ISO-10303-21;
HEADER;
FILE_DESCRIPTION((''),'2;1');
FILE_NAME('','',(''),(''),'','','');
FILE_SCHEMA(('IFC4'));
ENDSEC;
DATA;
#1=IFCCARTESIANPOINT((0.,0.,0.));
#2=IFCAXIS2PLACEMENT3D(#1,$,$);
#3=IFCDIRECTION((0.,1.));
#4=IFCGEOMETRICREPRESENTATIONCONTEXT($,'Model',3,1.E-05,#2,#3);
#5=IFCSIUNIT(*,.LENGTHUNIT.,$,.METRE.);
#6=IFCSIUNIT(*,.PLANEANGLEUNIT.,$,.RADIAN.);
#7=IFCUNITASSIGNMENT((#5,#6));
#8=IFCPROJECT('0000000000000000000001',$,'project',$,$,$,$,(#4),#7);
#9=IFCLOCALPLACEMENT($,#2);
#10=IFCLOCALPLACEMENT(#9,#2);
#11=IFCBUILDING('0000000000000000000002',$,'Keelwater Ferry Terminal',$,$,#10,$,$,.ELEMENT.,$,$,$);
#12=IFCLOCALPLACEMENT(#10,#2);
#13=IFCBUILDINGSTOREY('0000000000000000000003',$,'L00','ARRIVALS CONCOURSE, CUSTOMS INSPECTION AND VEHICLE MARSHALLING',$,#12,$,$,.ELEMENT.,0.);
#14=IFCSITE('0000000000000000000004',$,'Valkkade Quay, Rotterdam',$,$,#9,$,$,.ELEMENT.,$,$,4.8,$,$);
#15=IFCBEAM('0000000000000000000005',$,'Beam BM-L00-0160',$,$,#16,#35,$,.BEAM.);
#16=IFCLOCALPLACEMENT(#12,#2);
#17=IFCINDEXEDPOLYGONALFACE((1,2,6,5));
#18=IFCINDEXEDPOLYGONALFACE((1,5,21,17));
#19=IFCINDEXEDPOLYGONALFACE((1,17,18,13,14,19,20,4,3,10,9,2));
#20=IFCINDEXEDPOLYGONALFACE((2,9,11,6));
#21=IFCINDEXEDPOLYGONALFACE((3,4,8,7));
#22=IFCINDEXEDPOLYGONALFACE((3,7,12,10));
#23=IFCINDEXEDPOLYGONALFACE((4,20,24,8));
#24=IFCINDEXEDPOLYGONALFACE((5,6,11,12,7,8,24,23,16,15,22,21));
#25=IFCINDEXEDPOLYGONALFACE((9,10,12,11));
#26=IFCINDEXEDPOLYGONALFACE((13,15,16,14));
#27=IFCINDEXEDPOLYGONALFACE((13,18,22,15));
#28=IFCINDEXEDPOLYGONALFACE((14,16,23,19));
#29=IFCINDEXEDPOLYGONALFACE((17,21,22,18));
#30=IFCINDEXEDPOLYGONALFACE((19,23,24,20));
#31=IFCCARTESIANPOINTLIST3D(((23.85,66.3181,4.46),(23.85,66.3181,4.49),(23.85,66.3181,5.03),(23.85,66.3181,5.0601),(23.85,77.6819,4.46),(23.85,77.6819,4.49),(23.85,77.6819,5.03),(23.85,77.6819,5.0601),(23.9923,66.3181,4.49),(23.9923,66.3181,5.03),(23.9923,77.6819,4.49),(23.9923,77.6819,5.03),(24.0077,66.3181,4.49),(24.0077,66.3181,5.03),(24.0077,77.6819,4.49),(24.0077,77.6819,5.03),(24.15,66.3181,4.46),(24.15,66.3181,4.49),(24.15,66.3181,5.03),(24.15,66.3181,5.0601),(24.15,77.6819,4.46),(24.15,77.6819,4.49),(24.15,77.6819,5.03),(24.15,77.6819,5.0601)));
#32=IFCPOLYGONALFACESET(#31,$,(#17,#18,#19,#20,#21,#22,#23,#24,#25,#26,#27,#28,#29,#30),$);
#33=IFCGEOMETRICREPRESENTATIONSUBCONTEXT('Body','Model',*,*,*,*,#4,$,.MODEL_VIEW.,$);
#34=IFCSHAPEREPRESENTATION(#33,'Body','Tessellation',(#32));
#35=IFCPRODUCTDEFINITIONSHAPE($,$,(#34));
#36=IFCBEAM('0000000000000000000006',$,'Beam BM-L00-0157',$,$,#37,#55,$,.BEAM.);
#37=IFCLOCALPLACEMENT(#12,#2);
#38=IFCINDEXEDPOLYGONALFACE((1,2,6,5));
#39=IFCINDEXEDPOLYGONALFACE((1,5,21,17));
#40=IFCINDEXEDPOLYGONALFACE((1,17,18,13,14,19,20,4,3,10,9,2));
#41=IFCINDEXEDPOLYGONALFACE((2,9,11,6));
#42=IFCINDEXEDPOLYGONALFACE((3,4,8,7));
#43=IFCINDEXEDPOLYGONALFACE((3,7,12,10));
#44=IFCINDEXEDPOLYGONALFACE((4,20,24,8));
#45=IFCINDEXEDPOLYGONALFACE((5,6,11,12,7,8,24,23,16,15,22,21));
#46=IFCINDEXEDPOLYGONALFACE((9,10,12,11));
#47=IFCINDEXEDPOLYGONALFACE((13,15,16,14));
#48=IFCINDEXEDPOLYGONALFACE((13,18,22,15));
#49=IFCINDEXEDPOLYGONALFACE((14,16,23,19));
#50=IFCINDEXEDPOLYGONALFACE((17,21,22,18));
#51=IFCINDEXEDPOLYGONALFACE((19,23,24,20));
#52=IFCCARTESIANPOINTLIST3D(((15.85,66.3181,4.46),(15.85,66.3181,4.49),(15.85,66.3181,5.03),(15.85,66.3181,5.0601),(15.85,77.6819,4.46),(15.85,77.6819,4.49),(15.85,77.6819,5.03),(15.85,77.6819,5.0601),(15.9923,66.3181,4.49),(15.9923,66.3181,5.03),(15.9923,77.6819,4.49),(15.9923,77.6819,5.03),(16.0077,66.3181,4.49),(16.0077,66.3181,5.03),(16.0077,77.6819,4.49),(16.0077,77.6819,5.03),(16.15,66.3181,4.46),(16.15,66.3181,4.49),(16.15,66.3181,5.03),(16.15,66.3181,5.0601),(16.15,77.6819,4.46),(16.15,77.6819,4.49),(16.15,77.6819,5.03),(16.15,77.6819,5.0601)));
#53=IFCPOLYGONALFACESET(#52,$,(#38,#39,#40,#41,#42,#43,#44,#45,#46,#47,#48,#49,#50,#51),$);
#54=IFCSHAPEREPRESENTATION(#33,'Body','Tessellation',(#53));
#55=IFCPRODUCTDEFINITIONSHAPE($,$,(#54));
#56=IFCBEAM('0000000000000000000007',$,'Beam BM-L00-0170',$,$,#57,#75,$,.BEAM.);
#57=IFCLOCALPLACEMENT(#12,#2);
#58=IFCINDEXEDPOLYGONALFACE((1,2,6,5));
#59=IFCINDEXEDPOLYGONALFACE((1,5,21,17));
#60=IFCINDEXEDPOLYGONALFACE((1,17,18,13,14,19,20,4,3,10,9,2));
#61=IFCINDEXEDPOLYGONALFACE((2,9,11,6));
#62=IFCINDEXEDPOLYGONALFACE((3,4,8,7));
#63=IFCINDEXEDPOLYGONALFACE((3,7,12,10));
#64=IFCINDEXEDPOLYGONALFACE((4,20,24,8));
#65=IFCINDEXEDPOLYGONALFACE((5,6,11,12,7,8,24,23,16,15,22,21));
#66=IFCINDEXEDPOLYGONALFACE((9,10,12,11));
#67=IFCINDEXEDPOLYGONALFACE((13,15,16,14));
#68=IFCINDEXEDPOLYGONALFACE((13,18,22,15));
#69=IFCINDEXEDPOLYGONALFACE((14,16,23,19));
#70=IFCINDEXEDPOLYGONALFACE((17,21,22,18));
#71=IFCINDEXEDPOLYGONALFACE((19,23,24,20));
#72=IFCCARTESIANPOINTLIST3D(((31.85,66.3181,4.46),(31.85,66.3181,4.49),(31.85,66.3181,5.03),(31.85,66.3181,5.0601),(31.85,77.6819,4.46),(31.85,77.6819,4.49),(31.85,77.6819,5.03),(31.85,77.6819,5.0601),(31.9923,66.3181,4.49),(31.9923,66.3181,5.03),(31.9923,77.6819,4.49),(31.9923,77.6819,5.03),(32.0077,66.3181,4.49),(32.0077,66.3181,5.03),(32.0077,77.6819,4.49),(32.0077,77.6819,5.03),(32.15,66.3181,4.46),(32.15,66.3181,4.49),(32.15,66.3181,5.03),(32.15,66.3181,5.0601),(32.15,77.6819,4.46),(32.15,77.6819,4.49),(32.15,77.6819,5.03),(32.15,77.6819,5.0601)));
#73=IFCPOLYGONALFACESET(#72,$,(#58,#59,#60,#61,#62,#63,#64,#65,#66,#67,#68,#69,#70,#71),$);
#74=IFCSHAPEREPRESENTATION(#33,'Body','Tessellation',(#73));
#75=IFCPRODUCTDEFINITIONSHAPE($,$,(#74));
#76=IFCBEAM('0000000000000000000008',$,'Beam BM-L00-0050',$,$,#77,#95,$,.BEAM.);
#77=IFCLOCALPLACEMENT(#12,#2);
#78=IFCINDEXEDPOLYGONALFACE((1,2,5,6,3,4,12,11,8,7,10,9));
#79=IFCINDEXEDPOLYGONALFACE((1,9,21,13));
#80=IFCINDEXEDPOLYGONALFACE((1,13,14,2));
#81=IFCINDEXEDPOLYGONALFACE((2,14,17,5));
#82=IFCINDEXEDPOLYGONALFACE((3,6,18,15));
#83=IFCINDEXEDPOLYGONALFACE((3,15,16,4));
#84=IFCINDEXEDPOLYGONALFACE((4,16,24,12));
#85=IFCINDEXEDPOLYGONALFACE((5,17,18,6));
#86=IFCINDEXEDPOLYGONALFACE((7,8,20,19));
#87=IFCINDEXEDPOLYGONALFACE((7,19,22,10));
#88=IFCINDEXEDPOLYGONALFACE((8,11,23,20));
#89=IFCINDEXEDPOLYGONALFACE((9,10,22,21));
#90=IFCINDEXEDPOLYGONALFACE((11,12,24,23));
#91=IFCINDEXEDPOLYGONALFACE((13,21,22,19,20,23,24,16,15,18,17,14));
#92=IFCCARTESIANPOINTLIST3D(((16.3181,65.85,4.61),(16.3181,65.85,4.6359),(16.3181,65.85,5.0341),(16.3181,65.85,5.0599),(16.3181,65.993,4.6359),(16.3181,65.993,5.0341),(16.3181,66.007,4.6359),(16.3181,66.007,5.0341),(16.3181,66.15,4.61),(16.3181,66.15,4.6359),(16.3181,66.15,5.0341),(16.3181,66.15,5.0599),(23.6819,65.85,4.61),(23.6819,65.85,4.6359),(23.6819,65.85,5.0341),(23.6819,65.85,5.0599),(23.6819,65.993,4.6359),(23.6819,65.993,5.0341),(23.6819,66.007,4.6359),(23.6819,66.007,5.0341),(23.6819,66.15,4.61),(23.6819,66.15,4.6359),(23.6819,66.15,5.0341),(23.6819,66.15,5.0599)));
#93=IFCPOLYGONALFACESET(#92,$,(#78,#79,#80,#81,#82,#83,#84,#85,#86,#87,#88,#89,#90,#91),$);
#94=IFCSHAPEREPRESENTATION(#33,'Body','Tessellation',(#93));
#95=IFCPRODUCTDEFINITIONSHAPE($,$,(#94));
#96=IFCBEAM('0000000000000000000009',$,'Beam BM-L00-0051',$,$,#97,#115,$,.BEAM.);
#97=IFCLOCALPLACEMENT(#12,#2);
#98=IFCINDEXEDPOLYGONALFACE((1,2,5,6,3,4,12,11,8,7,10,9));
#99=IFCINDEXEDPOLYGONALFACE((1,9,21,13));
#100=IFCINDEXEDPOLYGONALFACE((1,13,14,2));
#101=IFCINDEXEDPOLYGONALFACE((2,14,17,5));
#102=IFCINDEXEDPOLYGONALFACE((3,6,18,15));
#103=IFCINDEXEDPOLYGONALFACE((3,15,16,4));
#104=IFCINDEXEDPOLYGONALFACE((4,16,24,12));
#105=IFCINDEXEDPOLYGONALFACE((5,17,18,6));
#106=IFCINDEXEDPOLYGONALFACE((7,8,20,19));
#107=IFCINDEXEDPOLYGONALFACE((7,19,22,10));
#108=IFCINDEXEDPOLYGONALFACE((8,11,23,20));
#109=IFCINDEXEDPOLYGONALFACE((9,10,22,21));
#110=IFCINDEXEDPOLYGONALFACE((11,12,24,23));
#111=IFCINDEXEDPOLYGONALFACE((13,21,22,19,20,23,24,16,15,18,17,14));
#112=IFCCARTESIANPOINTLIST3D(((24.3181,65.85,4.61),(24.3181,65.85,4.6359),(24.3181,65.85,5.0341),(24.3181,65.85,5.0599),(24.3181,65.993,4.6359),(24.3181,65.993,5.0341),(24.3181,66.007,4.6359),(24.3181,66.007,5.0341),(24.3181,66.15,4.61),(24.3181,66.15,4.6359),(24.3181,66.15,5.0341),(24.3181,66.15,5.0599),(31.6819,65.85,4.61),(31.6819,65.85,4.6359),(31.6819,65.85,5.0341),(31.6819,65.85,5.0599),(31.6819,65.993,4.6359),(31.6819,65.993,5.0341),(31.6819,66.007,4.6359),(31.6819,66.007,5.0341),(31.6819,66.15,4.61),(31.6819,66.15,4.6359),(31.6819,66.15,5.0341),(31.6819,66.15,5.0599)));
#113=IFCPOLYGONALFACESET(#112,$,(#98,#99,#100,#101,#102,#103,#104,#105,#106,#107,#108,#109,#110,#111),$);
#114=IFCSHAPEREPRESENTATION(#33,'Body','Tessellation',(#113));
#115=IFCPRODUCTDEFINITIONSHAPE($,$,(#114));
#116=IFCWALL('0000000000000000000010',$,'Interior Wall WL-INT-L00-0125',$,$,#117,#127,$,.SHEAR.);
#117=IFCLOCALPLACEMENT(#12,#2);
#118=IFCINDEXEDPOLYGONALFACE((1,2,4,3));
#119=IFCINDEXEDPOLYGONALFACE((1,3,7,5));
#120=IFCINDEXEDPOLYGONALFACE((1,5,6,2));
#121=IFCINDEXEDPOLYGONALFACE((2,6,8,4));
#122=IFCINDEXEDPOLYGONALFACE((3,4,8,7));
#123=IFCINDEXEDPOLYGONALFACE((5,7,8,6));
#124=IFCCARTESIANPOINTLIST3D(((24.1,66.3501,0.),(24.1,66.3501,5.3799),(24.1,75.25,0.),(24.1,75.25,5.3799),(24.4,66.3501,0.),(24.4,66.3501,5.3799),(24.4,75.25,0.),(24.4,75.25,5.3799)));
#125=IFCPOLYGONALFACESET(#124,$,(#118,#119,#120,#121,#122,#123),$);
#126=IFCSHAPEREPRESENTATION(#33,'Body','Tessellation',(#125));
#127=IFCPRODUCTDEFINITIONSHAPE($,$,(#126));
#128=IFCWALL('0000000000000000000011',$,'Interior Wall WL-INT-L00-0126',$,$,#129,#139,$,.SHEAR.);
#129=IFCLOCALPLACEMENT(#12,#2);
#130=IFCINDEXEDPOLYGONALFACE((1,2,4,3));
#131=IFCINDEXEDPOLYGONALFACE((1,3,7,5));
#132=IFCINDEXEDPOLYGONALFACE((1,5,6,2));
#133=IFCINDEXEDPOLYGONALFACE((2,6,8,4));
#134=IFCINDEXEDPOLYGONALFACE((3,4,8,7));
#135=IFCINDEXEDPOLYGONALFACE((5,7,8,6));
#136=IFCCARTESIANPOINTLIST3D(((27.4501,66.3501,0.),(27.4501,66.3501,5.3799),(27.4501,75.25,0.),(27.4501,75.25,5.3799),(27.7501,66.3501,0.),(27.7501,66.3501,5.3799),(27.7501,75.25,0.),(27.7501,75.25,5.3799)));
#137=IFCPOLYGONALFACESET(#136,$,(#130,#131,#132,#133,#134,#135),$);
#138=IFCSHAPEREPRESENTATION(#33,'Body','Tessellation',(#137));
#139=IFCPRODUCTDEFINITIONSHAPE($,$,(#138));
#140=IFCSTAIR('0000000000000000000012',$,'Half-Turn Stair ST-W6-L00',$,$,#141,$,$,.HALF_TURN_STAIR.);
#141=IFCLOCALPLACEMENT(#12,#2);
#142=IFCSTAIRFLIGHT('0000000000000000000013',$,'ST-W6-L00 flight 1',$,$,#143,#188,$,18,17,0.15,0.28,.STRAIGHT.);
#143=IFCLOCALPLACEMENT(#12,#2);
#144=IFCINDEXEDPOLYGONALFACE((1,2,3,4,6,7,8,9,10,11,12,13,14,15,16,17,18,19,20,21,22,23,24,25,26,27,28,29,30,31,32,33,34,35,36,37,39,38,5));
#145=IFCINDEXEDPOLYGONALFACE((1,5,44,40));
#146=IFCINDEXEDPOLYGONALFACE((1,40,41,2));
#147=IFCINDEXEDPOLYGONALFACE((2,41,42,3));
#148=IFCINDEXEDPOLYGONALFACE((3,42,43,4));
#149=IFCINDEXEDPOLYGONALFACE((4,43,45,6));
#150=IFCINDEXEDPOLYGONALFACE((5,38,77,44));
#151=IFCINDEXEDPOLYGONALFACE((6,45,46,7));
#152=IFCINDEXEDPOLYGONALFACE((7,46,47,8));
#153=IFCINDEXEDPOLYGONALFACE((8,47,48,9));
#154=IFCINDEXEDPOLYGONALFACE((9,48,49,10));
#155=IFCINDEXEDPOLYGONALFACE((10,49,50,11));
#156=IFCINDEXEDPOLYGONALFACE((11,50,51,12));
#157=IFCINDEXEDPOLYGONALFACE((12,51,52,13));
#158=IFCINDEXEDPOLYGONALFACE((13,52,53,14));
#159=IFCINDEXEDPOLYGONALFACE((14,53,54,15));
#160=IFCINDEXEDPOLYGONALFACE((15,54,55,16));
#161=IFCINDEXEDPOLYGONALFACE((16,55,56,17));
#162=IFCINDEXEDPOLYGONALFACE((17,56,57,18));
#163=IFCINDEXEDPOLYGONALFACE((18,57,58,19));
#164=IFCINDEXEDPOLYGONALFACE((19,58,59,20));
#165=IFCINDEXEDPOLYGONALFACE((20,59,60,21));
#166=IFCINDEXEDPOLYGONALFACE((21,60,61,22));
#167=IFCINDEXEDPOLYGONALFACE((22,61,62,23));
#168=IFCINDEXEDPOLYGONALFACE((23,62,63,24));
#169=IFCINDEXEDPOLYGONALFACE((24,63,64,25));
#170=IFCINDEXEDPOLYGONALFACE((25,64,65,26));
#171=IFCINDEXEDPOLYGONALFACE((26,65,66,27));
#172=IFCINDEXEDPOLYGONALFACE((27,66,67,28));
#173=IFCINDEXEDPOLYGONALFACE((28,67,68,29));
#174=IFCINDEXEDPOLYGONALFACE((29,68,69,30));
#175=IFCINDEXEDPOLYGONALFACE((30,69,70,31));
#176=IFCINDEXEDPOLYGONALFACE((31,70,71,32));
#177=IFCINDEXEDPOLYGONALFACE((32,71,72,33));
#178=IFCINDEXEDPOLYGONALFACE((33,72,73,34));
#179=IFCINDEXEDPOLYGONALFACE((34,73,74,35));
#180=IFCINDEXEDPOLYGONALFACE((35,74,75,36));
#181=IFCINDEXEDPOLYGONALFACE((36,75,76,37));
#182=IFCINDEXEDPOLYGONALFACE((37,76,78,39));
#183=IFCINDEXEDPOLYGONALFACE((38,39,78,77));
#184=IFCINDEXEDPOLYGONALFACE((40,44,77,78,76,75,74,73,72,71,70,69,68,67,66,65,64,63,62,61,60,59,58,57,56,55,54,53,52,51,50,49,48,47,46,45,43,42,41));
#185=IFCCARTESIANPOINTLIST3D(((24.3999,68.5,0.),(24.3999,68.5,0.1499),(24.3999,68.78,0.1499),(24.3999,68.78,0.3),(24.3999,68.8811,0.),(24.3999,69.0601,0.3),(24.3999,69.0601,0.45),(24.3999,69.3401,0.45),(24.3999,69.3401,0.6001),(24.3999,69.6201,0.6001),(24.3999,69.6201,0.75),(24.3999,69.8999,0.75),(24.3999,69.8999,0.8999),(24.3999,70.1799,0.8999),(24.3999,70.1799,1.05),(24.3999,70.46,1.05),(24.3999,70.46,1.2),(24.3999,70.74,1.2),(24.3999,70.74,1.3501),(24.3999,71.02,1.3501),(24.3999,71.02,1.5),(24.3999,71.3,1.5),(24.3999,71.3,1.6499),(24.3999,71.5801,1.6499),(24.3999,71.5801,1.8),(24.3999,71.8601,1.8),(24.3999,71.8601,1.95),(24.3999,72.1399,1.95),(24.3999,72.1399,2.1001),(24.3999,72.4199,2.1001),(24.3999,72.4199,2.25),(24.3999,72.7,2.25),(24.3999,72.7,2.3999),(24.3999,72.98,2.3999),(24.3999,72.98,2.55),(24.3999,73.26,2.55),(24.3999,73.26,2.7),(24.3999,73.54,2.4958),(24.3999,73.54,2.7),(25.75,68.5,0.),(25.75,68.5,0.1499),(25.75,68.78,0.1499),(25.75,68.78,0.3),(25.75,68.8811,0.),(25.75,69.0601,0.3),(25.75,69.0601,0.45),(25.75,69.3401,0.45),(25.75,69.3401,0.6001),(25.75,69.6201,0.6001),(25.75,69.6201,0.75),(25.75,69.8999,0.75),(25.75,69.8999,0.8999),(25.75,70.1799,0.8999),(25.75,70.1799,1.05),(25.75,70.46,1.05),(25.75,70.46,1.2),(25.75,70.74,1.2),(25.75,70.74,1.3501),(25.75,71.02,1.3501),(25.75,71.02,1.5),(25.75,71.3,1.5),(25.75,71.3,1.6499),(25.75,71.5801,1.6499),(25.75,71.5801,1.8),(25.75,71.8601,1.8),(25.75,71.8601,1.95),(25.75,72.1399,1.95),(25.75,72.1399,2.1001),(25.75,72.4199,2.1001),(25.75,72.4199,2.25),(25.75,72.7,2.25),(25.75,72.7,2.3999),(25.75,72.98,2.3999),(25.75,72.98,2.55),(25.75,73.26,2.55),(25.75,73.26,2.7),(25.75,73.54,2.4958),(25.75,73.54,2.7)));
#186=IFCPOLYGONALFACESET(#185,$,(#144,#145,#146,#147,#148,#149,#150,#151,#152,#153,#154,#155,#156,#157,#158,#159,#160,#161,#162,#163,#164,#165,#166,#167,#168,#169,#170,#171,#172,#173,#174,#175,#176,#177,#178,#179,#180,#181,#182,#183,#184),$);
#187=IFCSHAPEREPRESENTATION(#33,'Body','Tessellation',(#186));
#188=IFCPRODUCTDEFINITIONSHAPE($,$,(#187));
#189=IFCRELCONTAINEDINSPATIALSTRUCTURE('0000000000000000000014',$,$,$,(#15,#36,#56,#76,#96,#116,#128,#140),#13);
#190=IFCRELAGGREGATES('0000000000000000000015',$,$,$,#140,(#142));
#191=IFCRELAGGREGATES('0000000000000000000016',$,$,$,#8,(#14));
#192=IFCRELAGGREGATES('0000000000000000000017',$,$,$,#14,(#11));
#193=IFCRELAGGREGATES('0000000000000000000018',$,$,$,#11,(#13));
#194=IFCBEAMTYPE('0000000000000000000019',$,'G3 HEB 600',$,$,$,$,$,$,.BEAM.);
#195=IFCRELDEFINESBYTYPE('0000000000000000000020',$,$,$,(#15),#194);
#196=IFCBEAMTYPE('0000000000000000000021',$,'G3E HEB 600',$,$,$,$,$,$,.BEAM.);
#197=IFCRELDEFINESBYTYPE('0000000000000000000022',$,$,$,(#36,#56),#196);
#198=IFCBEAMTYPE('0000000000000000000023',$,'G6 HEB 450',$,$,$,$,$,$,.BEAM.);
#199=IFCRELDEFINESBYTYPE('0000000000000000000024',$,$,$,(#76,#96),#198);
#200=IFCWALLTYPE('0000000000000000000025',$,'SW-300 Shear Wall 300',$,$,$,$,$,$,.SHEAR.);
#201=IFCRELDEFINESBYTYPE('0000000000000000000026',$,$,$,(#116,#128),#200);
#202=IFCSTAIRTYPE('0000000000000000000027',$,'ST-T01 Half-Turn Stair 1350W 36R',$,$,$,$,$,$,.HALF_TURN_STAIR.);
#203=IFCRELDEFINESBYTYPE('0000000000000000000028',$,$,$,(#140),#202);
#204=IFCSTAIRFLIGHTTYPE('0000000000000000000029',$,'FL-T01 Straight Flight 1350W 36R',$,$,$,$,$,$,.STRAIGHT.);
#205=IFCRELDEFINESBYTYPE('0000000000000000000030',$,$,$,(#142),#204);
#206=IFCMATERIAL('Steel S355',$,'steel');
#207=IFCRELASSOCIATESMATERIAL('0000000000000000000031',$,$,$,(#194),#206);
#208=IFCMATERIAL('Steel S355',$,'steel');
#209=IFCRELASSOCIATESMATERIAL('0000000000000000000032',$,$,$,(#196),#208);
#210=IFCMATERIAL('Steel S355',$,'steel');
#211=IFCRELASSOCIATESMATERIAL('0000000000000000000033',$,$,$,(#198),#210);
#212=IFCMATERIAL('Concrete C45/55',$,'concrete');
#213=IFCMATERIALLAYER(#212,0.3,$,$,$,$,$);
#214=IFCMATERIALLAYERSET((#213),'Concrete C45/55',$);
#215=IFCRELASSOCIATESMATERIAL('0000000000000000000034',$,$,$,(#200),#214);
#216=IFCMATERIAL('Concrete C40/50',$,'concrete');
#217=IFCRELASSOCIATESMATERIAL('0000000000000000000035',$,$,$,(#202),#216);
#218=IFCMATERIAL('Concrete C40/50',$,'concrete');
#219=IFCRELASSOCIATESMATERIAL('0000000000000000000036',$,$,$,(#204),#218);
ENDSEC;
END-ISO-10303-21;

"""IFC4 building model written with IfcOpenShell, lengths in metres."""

from ifc_helpers import new_model, si_unit, direction, frame, frame_2d, origin, origin_2d, place, context, subcontext, project, spatial, polyline, rectangle, i_section, outline, extrude, material, layer, layer_set, material_profile, profile_set, type_object, element, aggregate, save


model = new_model("IFC4")

# Units and contexts
model_context = context("Model", 3, precision=1e-05, world=origin(), true_north=direction((0.0, 1.0)))
body_context = subcontext(model_context, "Body", "Model", "MODEL_VIEW")
ifc_project = project(units=[si_unit("LENGTHUNIT", "METRE"), si_unit("PLANEANGLEUNIT", "RADIAN")], contexts=[model_context])

# Site, building, storey
site_placement = place(None, origin())
site = spatial("IfcSite", under=ifc_project, at=site_placement, Name="Valkkade Quay, Rotterdam", CompositionType="ELEMENT", RefElevation=4.8)
building_placement = place(site_placement, origin())
building = spatial("IfcBuilding", under=site, at=building_placement, Name="Keelwater Ferry Terminal", CompositionType="ELEMENT")
storey_placement = place(building_placement, origin())
storey = spatial("IfcBuildingStorey", under=building, at=storey_placement, Name="L00", Description="ARRIVALS CONCOURSE, CUSTOMS INSPECTION AND VEHICLE MARSHALLING", CompositionType="ELEMENT", Elevation=0.0)

# Beams
ifc_material_1 = material(Name="Steel S355", Category="steel")
ifc_material_profile_1 = material_profile(ifc_material_1, i_section(OverallWidth=0.3, OverallDepth=0.6001, WebThickness=0.0154, FlangeThickness=0.03, at=origin_2d()), Name="HEB 600")
ifc_profile_set_1 = profile_set([ifc_material_profile_1], Name="Steel S355")
beam_type_1 = type_object("IfcBeamType", Name="G3 HEB 600", PredefinedType="BEAM", material=ifc_profile_set_1)
beam_placement = place(storey_placement, frame((24.0, 66.3181, 4.76), z_axis=(0.0, 1.0, 0.0), x_axis=(-1.0, 0.0, 0.0)))
element("IfcBeam", 1, at=beam_placement, inside=storey, type_object=beam_type_1, Name="Beam BM-L00-0160", PredefinedType="BEAM", context=body_context, shape_type="SweptSolid", body=[
    extrude(i_section(OverallWidth=0.3, OverallDepth=0.6001, WebThickness=0.0154, FlangeThickness=0.03, at=origin_2d()), origin(), (0.0, 0.0, 1.0), 11.3638),
])
ifc_material_2 = material(Name="Steel S355", Category="steel")
ifc_material_profile_2 = material_profile(ifc_material_2, i_section(OverallWidth=0.3, OverallDepth=0.6001, WebThickness=0.0154, FlangeThickness=0.03, at=origin_2d()), Name="HEB 600")
ifc_profile_set_2 = profile_set([ifc_material_profile_2], Name="Steel S355")
beam_type_2 = type_object("IfcBeamType", Name="G3E HEB 600", PredefinedType="BEAM", material=ifc_profile_set_2)
for number, where, z_axis, x_axis, name in (
    (2, (16.0, 66.3181, 4.76), (0.0, 1.0, 0.0), (-1.0, 0.0, 0.0), "Beam BM-L00-0157"),
    (3, (32.0, 66.3181, 4.76), (0.0, 1.0, 0.0), (-1.0, 0.0, 0.0), "Beam BM-L00-0170"),
):
    element("IfcBeam", number, at=place(storey_placement, frame(where, z_axis=z_axis, x_axis=x_axis)), inside=storey, type_object=beam_type_2, Name=name, PredefinedType="BEAM", context=body_context, shape_type="SweptSolid", body=[
        extrude(i_section(OverallWidth=0.3, OverallDepth=0.6001, WebThickness=0.0154, FlangeThickness=0.03, at=origin_2d()), origin(), (0.0, 0.0, 1.0), 11.3638),
    ])
ifc_material_3 = material(Name="Steel S355", Category="steel")
ifc_material_profile_3 = material_profile(ifc_material_3, i_section(OverallWidth=0.3, OverallDepth=0.45, WebThickness=0.0139, FlangeThickness=0.0259, at=origin_2d()), Name="HEB 450")
ifc_profile_set_3 = profile_set([ifc_material_profile_3], Name="Steel S355")
beam_type_3 = type_object("IfcBeamType", Name="G6 HEB 450", PredefinedType="BEAM", material=ifc_profile_set_3)
for number, where, z_axis, x_axis, name in (
    (4, (16.3181, 66.0, 4.835), (1.0, 0.0, 0.0), (0.0, 1.0, 0.0), "Beam BM-L00-0050"),
    (5, (24.3181, 66.0, 4.835), (1.0, 0.0, 0.0), (0.0, 1.0, 0.0), "Beam BM-L00-0051"),
):
    element("IfcBeam", number, at=place(storey_placement, frame(where, z_axis=z_axis, x_axis=x_axis)), inside=storey, type_object=beam_type_3, Name=name, PredefinedType="BEAM", context=body_context, shape_type="SweptSolid", body=[
        extrude(i_section(OverallWidth=0.3, OverallDepth=0.45, WebThickness=0.0139, FlangeThickness=0.0259, at=origin_2d()), origin(), (0.0, 0.0, 1.0), 7.3638),
    ])

# Shared definitions
ifc_material_4 = material(Name="Concrete C45/55", Category="concrete")
ifc_layer = layer(ifc_material_4, 0.3)
ifc_layer_set = layer_set([ifc_layer], Name="Concrete C45/55")
wall_type = type_object("IfcWallType", Name="SW-300 Shear Wall 300", PredefinedType="SHEAR", material=ifc_layer_set)

# Walls
for number, where, z_axis, x_axis, name in (
    (6, (24.25, 66.3501, 0.0), (0.0, 0.0, 1.0), (0.0, 1.0, 0.0), "Interior Wall WL-INT-L00-0125"),
    (7, (27.6001, 66.3501, 0.0), (0.0, 0.0, 1.0), (0.0, 1.0, 0.0), "Interior Wall WL-INT-L00-0126"),
):
    element("IfcWall", number, at=place(storey_placement, frame(where, z_axis=z_axis, x_axis=x_axis)), inside=storey, type_object=wall_type, Name=name, PredefinedType="SHEAR", context=body_context, shape_type="SweptSolid", body=[
        extrude(rectangle(XDim=8.8999, YDim=0.3, at=frame_2d((4.45, 0.0))), origin(), (0.0, 0.0, 1.0), 5.3799),
    ])

# Stair, stair flight
ifc_material_5 = material(Name="Concrete C40/50", Category="concrete")
stair_type = type_object("IfcStairType", Name="ST-T01 Half-Turn Stair 1350W 36R", PredefinedType="HALF_TURN_STAIR", material=ifc_material_5)
stair_placement = place(storey_placement, origin())
stair = element("IfcStair", 8, at=stair_placement, inside=storey, type_object=stair_type, Name="Half-Turn Stair ST-W6-L00", PredefinedType="HALF_TURN_STAIR")
ifc_material_6 = material(Name="Concrete C40/50", Category="concrete")
stair_flight_type = type_object("IfcStairFlightType", Name="FL-T01 Straight Flight 1350W 36R", PredefinedType="STRAIGHT", material=ifc_material_6)
stair_flight_placement = place(storey_placement, frame((25.075, 68.5, 0.0), z_axis=(0.0, 0.0, 1.0), x_axis=(0.0, 1.0, 0.0)))
stair_flight = element("IfcStairFlight", 9, at=stair_flight_placement, type_object=stair_flight_type, Name="ST-W6-L00 flight 1", NumberOfRisers=18, NumberOfTreads=17, PredefinedType="STRAIGHT", RiserHeight=0.15, TreadLength=0.28, context=body_context, shape_type="SweptSolid", body=[
    extrude(outline(polyline([(0.0, 0.0), (0.0, 0.1499), (0.28, 0.1499), (0.28, 0.3), (0.5601, 0.3), (0.5601, 0.45), (0.8401, 0.45), (0.8401, 0.6001), (1.1201, 0.6001), (1.1201, 0.75), (1.3999, 0.75), (1.3999, 0.8999), (1.6799, 0.8999), (1.6799, 1.05), (1.96, 1.05), (1.96, 1.2), (2.24, 1.2), (2.24, 1.3501), (2.52, 1.3501), (2.52, 1.5), (2.8, 1.5), (2.8, 1.6499), (3.0801, 1.6499), (3.0801, 1.8), (3.3601, 1.8), (3.3601, 1.95), (3.6399, 1.95), (3.6399, 2.1001), (3.9199, 2.1001), (3.9199, 2.25), (4.2, 2.25), (4.2, 2.3999), (4.48, 2.3999), (4.48, 2.55), (4.76, 2.55), (4.76, 2.7), (5.04, 2.7), (5.04, 2.4958), (0.3811, 0.0), (0.0, 0.0)])), frame((0.0, 0.675, 0.0), z_axis=(0.0, -1.0, 0.0), x_axis=(1.0, 0.0, 0.0)), (0.0, 0.0, 1.0), 1.3501),
])
aggregate(stair, [stair_flight])

save(model, "model.ifc")
